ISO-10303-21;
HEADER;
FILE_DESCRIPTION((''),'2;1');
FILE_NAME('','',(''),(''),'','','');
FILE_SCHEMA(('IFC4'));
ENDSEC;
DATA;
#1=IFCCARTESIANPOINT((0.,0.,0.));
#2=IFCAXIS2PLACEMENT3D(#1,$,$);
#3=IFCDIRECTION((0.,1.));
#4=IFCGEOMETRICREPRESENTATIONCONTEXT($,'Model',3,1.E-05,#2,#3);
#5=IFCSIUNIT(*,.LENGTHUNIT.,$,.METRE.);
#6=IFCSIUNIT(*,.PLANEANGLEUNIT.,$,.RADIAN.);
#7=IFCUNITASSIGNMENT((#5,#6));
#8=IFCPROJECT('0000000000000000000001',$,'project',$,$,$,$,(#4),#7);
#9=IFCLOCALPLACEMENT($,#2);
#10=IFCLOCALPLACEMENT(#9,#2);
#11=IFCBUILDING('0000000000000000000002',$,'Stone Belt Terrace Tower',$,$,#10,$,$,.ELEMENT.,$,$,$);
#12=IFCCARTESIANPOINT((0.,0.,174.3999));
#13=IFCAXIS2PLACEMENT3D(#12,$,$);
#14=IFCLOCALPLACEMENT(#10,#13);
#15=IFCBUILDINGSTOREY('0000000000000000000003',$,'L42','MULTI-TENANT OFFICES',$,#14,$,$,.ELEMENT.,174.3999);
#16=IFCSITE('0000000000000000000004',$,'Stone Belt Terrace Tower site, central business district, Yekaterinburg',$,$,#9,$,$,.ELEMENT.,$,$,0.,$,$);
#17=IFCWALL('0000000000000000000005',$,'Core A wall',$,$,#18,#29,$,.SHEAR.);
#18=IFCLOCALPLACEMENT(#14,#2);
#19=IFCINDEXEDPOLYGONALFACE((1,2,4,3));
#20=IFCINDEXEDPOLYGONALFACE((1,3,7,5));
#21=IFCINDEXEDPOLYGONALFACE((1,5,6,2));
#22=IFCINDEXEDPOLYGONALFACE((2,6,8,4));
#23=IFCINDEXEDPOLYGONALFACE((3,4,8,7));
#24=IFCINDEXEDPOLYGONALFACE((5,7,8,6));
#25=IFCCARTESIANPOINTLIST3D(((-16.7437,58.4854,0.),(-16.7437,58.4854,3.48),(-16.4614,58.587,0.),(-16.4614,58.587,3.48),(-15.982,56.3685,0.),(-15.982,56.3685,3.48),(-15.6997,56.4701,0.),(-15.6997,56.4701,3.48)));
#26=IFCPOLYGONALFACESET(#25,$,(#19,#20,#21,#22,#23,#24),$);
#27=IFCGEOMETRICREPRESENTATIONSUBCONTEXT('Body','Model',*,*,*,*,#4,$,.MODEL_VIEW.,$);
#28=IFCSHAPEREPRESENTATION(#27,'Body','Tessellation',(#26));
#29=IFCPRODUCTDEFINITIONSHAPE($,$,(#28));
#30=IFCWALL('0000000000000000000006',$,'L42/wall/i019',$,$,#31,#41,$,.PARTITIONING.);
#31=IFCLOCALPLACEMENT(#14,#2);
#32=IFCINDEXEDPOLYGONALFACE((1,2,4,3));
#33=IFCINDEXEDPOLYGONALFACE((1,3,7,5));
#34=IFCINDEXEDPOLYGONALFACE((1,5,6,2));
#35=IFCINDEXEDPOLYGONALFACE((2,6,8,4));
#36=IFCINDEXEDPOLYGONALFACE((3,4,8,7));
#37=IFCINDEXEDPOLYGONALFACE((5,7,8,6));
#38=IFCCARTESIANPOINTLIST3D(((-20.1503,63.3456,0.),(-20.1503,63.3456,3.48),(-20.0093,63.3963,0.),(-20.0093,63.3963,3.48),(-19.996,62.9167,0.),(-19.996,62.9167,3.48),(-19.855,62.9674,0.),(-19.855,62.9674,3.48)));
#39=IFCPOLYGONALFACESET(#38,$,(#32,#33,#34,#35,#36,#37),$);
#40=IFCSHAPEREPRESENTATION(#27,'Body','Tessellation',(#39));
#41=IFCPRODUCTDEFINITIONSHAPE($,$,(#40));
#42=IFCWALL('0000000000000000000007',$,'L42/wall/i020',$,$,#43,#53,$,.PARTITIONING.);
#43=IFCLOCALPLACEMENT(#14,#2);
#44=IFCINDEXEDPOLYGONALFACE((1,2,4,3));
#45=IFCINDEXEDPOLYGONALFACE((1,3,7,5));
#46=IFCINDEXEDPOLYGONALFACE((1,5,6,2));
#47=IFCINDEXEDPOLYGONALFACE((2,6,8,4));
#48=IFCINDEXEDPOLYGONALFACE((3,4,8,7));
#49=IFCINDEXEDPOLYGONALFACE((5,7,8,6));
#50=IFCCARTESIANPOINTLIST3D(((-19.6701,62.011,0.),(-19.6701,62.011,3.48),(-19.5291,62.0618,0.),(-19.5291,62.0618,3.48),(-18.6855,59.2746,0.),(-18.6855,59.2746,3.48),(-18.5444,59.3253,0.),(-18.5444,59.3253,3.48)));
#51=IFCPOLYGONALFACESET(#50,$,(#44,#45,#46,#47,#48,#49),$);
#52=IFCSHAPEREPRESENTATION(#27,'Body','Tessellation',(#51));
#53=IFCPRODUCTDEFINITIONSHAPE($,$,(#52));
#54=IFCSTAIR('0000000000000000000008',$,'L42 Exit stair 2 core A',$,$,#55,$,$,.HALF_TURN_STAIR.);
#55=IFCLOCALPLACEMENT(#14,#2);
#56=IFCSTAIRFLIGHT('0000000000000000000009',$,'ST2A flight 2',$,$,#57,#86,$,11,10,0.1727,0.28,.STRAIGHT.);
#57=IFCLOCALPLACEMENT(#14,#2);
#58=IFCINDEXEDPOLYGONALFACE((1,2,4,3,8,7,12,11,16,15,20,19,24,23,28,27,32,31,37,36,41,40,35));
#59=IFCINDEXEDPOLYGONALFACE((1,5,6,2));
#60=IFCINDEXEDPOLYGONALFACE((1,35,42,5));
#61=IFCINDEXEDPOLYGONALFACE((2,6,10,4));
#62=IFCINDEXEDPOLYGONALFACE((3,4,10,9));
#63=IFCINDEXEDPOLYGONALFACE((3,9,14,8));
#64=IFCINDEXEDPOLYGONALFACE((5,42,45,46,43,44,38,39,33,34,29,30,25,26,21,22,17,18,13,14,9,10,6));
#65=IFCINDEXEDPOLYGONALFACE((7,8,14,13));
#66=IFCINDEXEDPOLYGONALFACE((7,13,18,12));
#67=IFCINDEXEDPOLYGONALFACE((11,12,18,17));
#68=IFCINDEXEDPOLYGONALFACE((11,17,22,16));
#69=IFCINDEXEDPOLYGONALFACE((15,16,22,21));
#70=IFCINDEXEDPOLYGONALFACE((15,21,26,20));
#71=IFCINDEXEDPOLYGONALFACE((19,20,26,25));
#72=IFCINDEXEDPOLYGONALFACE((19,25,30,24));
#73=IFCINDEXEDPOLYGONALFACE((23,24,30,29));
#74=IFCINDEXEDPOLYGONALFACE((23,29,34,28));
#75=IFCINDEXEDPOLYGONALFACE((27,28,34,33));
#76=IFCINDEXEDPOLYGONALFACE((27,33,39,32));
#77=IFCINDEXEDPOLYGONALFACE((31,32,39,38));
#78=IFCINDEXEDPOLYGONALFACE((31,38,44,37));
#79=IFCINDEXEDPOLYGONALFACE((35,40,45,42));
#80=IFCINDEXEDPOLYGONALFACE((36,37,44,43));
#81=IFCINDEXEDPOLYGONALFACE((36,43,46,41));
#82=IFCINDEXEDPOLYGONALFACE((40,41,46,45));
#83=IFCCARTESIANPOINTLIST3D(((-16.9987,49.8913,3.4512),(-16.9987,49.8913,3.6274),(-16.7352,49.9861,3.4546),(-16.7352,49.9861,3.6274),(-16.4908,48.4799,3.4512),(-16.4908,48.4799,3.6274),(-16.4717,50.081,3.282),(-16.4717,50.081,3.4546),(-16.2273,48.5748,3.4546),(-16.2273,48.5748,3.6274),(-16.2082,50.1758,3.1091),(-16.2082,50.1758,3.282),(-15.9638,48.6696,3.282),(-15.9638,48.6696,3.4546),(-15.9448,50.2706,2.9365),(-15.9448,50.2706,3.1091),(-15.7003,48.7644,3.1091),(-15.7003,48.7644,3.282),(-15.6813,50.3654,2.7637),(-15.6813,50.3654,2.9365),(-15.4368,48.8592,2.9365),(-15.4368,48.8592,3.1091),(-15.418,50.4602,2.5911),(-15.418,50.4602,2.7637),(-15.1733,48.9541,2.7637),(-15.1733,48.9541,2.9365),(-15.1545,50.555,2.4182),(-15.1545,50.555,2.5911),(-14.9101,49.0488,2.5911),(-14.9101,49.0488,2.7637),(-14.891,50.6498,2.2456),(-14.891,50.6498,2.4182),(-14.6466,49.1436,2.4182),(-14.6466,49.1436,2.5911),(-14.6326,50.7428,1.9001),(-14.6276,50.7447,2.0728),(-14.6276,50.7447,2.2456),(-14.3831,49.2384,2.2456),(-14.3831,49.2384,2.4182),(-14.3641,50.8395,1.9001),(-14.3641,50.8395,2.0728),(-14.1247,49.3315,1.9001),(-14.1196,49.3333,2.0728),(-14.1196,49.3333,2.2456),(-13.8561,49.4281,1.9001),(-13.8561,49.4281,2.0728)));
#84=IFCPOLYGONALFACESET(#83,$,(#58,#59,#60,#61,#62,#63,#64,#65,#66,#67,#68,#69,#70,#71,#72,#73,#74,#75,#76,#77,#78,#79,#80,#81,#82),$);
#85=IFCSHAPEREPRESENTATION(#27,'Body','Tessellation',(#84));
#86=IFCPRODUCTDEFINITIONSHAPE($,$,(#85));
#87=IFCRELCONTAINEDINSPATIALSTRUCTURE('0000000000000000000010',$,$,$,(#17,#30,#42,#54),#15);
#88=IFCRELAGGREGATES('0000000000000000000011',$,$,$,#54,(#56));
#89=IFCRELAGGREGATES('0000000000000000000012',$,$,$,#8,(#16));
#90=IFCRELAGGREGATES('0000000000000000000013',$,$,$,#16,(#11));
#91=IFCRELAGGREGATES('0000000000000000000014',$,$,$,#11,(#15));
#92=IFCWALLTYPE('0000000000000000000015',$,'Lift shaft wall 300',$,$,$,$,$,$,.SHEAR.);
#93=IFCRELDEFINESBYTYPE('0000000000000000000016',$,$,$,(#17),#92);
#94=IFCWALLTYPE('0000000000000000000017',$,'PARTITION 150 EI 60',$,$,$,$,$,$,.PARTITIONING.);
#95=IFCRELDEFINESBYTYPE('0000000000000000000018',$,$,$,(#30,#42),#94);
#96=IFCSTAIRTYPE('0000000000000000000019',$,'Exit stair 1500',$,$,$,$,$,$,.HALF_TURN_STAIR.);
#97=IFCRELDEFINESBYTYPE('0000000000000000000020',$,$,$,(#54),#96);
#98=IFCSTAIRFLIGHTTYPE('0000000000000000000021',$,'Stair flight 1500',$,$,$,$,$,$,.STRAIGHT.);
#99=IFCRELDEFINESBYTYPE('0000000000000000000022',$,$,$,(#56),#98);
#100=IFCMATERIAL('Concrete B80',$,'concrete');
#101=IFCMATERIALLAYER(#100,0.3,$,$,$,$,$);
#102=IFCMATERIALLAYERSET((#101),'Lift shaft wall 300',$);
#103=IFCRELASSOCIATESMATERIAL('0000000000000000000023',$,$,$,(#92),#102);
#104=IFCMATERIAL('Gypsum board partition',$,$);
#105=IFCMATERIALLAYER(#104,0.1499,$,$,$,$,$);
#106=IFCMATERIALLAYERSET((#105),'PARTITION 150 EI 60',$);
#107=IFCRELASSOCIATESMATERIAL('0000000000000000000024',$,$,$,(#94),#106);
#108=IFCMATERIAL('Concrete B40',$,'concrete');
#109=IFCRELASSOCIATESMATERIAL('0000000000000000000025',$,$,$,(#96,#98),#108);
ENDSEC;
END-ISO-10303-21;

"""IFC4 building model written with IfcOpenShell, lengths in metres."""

from ifc_helpers import new_model, si_unit, direction, frame, frame_2d, origin, place, context, subcontext, project, spatial, polyline, rectangle, outline, extrude, material, layer, layer_set, type_object, element, aggregate, save


model = new_model("IFC4")

# Units and contexts
model_context = context("Model", 3, precision=1e-05, world=origin(), true_north=direction((0.0, 1.0)))
body_context = subcontext(model_context, "Body", "Model", "MODEL_VIEW")
ifc_project = project(units=[si_unit("LENGTHUNIT", "METRE"), si_unit("PLANEANGLEUNIT", "RADIAN")], contexts=[model_context])

# Site, building, storey
site_placement = place(None, origin())
site = spatial("IfcSite", under=ifc_project, at=site_placement, Name="Stone Belt Terrace Tower site, central business district, Yekaterinburg", CompositionType="ELEMENT", RefElevation=0.0)
building_placement = place(site_placement, origin())
building = spatial("IfcBuilding", under=site, at=building_placement, Name="Stone Belt Terrace Tower", CompositionType="ELEMENT")
storey_placement = place(building_placement, frame((0.0, 0.0, 174.3999)))
storey = spatial("IfcBuildingStorey", under=building, at=storey_placement, Name="L42", Description="MULTI-TENANT OFFICES", CompositionType="ELEMENT", Elevation=174.3999)

# Shared definitions
ifc_material_1 = material(Name="Concrete B80", Category="concrete")

# Shared definitions
ifc_layer_1 = layer(ifc_material_1, 0.3)
ifc_layer_set_1 = layer_set([ifc_layer_1], Name="Lift shaft wall 300")
wall_type_1 = type_object("IfcWallType", Name="Lift shaft wall 300", PredefinedType="SHEAR", material=ifc_layer_set_1)

# Walls
wall_1_placement = place(storey_placement, frame((-15.8408, 56.4192, 0.0), z_axis=(0.0, 0.0, 1.0), x_axis=(-0.33857, 0.940941, 0.0)))
element("IfcWall", 1, at=wall_1_placement, inside=storey, type_object=wall_type_1, Name="Core A wall", PredefinedType="SHEAR", context=body_context, shape_type="SweptSolid", body=[
    extrude(rectangle(XDim=2.2498, YDim=0.3, at=frame_2d((1.125, 0.0))), origin(), (0.0, 0.0, 1.0), 3.48),
])
ifc_material_2 = material(Name="Gypsum board partition")
ifc_layer_2 = layer(ifc_material_2, 0.1499)
ifc_layer_set_2 = layer_set([ifc_layer_2], Name="PARTITION 150 EI 60")
wall_type_2 = type_object("IfcWallType", Name="PARTITION 150 EI 60", PredefinedType="PARTITIONING", material=ifc_layer_set_2)
wall_2_placement = place(storey_placement, frame((-20.0798, 63.3711, 0.0), z_axis=(0.0, 0.0, 1.0), x_axis=(0.338473, -0.940976, 0.0)))
element("IfcWall", 2, at=wall_2_placement, inside=storey, type_object=wall_type_2, Name="L42/wall/i019", PredefinedType="PARTITIONING", context=body_context, shape_type="SweptSolid", body=[
    extrude(rectangle(XDim=0.4558, YDim=0.1499, at=frame_2d((0.228, 0.0))), origin(), (0.0, 0.0, 1.0), 3.48),
])
wall_3_placement = place(storey_placement, frame((-19.5996, 62.0364, 0.0), z_axis=(0.0, 0.0, 1.0), x_axis=(0.33858, -0.940938, 0.0)))
element("IfcWall", 3, at=wall_3_placement, inside=storey, type_object=wall_type_2, Name="L42/wall/i020", PredefinedType="PARTITIONING", context=body_context, shape_type="SweptSolid", body=[
    extrude(rectangle(XDim=2.9082, YDim=0.1499, at=frame_2d((1.4541, 0.0))), origin(), (0.0, 0.0, 1.0), 3.48),
])

# Stair, stair flight
ifc_material_3 = material(Name="Concrete B40", Category="concrete")
stair_type = type_object("IfcStairType", Name="Exit stair 1500", PredefinedType="HALF_TURN_STAIR", material=ifc_material_3)
stair_placement = place(storey_placement, origin())
stair = element("IfcStair", 4, at=stair_placement, inside=storey, type_object=stair_type, Name="L42 Exit stair 2 core A", PredefinedType="HALF_TURN_STAIR")
stair_flight_type = type_object("IfcStairFlightType", Name="Stair flight 1500", PredefinedType="STRAIGHT", material=ifc_material_3)
stair_flight_placement = place(storey_placement, frame((-14.1101, 50.1338, 1.9001), z_axis=(0.0, 0.0, 1.0), x_axis=(-0.940922, -0.338624, 0.0)))
stair_flight = element("IfcStairFlight", 5, at=stair_flight_placement, type_object=stair_flight_type, Name="ST2A flight 2", NumberOfRisers=11, NumberOfTreads=10, PredefinedType="STRAIGHT", RiserHeight=0.1727, TreadLength=0.28, context=body_context, shape_type="SweptSolid", body=[
    extrude(outline(polyline([(0.0, 0.0), (0.0, 0.1726), (0.28, 0.1726), (0.28, 0.3455), (0.5601, 0.3455), (0.5601, 0.5181), (0.8401, 0.5181), (0.8401, 0.6909), (1.1201, 0.6909), (1.1201, 0.8635), (1.3999, 0.8635), (1.3999, 1.0364), (1.6799, 1.0364), (1.6799, 1.209), (1.96, 1.209), (1.96, 1.3818), (2.24, 1.3818), (2.24, 1.5544), (2.52, 1.5544), (2.52, 1.7273), (2.8, 1.7273), (2.8, 1.8999), (2.8, 1.551), (0.2854, 0.0), (0.0, 0.0)])), frame((0.0, 0.75, 0.0), z_axis=(0.0, -1.0, 0.0), x_axis=(1.0, 0.0, 0.0)), (0.0, 0.0, 1.0), 1.5),
])
aggregate(stair, [stair_flight])

save(model, "model.ifc")
